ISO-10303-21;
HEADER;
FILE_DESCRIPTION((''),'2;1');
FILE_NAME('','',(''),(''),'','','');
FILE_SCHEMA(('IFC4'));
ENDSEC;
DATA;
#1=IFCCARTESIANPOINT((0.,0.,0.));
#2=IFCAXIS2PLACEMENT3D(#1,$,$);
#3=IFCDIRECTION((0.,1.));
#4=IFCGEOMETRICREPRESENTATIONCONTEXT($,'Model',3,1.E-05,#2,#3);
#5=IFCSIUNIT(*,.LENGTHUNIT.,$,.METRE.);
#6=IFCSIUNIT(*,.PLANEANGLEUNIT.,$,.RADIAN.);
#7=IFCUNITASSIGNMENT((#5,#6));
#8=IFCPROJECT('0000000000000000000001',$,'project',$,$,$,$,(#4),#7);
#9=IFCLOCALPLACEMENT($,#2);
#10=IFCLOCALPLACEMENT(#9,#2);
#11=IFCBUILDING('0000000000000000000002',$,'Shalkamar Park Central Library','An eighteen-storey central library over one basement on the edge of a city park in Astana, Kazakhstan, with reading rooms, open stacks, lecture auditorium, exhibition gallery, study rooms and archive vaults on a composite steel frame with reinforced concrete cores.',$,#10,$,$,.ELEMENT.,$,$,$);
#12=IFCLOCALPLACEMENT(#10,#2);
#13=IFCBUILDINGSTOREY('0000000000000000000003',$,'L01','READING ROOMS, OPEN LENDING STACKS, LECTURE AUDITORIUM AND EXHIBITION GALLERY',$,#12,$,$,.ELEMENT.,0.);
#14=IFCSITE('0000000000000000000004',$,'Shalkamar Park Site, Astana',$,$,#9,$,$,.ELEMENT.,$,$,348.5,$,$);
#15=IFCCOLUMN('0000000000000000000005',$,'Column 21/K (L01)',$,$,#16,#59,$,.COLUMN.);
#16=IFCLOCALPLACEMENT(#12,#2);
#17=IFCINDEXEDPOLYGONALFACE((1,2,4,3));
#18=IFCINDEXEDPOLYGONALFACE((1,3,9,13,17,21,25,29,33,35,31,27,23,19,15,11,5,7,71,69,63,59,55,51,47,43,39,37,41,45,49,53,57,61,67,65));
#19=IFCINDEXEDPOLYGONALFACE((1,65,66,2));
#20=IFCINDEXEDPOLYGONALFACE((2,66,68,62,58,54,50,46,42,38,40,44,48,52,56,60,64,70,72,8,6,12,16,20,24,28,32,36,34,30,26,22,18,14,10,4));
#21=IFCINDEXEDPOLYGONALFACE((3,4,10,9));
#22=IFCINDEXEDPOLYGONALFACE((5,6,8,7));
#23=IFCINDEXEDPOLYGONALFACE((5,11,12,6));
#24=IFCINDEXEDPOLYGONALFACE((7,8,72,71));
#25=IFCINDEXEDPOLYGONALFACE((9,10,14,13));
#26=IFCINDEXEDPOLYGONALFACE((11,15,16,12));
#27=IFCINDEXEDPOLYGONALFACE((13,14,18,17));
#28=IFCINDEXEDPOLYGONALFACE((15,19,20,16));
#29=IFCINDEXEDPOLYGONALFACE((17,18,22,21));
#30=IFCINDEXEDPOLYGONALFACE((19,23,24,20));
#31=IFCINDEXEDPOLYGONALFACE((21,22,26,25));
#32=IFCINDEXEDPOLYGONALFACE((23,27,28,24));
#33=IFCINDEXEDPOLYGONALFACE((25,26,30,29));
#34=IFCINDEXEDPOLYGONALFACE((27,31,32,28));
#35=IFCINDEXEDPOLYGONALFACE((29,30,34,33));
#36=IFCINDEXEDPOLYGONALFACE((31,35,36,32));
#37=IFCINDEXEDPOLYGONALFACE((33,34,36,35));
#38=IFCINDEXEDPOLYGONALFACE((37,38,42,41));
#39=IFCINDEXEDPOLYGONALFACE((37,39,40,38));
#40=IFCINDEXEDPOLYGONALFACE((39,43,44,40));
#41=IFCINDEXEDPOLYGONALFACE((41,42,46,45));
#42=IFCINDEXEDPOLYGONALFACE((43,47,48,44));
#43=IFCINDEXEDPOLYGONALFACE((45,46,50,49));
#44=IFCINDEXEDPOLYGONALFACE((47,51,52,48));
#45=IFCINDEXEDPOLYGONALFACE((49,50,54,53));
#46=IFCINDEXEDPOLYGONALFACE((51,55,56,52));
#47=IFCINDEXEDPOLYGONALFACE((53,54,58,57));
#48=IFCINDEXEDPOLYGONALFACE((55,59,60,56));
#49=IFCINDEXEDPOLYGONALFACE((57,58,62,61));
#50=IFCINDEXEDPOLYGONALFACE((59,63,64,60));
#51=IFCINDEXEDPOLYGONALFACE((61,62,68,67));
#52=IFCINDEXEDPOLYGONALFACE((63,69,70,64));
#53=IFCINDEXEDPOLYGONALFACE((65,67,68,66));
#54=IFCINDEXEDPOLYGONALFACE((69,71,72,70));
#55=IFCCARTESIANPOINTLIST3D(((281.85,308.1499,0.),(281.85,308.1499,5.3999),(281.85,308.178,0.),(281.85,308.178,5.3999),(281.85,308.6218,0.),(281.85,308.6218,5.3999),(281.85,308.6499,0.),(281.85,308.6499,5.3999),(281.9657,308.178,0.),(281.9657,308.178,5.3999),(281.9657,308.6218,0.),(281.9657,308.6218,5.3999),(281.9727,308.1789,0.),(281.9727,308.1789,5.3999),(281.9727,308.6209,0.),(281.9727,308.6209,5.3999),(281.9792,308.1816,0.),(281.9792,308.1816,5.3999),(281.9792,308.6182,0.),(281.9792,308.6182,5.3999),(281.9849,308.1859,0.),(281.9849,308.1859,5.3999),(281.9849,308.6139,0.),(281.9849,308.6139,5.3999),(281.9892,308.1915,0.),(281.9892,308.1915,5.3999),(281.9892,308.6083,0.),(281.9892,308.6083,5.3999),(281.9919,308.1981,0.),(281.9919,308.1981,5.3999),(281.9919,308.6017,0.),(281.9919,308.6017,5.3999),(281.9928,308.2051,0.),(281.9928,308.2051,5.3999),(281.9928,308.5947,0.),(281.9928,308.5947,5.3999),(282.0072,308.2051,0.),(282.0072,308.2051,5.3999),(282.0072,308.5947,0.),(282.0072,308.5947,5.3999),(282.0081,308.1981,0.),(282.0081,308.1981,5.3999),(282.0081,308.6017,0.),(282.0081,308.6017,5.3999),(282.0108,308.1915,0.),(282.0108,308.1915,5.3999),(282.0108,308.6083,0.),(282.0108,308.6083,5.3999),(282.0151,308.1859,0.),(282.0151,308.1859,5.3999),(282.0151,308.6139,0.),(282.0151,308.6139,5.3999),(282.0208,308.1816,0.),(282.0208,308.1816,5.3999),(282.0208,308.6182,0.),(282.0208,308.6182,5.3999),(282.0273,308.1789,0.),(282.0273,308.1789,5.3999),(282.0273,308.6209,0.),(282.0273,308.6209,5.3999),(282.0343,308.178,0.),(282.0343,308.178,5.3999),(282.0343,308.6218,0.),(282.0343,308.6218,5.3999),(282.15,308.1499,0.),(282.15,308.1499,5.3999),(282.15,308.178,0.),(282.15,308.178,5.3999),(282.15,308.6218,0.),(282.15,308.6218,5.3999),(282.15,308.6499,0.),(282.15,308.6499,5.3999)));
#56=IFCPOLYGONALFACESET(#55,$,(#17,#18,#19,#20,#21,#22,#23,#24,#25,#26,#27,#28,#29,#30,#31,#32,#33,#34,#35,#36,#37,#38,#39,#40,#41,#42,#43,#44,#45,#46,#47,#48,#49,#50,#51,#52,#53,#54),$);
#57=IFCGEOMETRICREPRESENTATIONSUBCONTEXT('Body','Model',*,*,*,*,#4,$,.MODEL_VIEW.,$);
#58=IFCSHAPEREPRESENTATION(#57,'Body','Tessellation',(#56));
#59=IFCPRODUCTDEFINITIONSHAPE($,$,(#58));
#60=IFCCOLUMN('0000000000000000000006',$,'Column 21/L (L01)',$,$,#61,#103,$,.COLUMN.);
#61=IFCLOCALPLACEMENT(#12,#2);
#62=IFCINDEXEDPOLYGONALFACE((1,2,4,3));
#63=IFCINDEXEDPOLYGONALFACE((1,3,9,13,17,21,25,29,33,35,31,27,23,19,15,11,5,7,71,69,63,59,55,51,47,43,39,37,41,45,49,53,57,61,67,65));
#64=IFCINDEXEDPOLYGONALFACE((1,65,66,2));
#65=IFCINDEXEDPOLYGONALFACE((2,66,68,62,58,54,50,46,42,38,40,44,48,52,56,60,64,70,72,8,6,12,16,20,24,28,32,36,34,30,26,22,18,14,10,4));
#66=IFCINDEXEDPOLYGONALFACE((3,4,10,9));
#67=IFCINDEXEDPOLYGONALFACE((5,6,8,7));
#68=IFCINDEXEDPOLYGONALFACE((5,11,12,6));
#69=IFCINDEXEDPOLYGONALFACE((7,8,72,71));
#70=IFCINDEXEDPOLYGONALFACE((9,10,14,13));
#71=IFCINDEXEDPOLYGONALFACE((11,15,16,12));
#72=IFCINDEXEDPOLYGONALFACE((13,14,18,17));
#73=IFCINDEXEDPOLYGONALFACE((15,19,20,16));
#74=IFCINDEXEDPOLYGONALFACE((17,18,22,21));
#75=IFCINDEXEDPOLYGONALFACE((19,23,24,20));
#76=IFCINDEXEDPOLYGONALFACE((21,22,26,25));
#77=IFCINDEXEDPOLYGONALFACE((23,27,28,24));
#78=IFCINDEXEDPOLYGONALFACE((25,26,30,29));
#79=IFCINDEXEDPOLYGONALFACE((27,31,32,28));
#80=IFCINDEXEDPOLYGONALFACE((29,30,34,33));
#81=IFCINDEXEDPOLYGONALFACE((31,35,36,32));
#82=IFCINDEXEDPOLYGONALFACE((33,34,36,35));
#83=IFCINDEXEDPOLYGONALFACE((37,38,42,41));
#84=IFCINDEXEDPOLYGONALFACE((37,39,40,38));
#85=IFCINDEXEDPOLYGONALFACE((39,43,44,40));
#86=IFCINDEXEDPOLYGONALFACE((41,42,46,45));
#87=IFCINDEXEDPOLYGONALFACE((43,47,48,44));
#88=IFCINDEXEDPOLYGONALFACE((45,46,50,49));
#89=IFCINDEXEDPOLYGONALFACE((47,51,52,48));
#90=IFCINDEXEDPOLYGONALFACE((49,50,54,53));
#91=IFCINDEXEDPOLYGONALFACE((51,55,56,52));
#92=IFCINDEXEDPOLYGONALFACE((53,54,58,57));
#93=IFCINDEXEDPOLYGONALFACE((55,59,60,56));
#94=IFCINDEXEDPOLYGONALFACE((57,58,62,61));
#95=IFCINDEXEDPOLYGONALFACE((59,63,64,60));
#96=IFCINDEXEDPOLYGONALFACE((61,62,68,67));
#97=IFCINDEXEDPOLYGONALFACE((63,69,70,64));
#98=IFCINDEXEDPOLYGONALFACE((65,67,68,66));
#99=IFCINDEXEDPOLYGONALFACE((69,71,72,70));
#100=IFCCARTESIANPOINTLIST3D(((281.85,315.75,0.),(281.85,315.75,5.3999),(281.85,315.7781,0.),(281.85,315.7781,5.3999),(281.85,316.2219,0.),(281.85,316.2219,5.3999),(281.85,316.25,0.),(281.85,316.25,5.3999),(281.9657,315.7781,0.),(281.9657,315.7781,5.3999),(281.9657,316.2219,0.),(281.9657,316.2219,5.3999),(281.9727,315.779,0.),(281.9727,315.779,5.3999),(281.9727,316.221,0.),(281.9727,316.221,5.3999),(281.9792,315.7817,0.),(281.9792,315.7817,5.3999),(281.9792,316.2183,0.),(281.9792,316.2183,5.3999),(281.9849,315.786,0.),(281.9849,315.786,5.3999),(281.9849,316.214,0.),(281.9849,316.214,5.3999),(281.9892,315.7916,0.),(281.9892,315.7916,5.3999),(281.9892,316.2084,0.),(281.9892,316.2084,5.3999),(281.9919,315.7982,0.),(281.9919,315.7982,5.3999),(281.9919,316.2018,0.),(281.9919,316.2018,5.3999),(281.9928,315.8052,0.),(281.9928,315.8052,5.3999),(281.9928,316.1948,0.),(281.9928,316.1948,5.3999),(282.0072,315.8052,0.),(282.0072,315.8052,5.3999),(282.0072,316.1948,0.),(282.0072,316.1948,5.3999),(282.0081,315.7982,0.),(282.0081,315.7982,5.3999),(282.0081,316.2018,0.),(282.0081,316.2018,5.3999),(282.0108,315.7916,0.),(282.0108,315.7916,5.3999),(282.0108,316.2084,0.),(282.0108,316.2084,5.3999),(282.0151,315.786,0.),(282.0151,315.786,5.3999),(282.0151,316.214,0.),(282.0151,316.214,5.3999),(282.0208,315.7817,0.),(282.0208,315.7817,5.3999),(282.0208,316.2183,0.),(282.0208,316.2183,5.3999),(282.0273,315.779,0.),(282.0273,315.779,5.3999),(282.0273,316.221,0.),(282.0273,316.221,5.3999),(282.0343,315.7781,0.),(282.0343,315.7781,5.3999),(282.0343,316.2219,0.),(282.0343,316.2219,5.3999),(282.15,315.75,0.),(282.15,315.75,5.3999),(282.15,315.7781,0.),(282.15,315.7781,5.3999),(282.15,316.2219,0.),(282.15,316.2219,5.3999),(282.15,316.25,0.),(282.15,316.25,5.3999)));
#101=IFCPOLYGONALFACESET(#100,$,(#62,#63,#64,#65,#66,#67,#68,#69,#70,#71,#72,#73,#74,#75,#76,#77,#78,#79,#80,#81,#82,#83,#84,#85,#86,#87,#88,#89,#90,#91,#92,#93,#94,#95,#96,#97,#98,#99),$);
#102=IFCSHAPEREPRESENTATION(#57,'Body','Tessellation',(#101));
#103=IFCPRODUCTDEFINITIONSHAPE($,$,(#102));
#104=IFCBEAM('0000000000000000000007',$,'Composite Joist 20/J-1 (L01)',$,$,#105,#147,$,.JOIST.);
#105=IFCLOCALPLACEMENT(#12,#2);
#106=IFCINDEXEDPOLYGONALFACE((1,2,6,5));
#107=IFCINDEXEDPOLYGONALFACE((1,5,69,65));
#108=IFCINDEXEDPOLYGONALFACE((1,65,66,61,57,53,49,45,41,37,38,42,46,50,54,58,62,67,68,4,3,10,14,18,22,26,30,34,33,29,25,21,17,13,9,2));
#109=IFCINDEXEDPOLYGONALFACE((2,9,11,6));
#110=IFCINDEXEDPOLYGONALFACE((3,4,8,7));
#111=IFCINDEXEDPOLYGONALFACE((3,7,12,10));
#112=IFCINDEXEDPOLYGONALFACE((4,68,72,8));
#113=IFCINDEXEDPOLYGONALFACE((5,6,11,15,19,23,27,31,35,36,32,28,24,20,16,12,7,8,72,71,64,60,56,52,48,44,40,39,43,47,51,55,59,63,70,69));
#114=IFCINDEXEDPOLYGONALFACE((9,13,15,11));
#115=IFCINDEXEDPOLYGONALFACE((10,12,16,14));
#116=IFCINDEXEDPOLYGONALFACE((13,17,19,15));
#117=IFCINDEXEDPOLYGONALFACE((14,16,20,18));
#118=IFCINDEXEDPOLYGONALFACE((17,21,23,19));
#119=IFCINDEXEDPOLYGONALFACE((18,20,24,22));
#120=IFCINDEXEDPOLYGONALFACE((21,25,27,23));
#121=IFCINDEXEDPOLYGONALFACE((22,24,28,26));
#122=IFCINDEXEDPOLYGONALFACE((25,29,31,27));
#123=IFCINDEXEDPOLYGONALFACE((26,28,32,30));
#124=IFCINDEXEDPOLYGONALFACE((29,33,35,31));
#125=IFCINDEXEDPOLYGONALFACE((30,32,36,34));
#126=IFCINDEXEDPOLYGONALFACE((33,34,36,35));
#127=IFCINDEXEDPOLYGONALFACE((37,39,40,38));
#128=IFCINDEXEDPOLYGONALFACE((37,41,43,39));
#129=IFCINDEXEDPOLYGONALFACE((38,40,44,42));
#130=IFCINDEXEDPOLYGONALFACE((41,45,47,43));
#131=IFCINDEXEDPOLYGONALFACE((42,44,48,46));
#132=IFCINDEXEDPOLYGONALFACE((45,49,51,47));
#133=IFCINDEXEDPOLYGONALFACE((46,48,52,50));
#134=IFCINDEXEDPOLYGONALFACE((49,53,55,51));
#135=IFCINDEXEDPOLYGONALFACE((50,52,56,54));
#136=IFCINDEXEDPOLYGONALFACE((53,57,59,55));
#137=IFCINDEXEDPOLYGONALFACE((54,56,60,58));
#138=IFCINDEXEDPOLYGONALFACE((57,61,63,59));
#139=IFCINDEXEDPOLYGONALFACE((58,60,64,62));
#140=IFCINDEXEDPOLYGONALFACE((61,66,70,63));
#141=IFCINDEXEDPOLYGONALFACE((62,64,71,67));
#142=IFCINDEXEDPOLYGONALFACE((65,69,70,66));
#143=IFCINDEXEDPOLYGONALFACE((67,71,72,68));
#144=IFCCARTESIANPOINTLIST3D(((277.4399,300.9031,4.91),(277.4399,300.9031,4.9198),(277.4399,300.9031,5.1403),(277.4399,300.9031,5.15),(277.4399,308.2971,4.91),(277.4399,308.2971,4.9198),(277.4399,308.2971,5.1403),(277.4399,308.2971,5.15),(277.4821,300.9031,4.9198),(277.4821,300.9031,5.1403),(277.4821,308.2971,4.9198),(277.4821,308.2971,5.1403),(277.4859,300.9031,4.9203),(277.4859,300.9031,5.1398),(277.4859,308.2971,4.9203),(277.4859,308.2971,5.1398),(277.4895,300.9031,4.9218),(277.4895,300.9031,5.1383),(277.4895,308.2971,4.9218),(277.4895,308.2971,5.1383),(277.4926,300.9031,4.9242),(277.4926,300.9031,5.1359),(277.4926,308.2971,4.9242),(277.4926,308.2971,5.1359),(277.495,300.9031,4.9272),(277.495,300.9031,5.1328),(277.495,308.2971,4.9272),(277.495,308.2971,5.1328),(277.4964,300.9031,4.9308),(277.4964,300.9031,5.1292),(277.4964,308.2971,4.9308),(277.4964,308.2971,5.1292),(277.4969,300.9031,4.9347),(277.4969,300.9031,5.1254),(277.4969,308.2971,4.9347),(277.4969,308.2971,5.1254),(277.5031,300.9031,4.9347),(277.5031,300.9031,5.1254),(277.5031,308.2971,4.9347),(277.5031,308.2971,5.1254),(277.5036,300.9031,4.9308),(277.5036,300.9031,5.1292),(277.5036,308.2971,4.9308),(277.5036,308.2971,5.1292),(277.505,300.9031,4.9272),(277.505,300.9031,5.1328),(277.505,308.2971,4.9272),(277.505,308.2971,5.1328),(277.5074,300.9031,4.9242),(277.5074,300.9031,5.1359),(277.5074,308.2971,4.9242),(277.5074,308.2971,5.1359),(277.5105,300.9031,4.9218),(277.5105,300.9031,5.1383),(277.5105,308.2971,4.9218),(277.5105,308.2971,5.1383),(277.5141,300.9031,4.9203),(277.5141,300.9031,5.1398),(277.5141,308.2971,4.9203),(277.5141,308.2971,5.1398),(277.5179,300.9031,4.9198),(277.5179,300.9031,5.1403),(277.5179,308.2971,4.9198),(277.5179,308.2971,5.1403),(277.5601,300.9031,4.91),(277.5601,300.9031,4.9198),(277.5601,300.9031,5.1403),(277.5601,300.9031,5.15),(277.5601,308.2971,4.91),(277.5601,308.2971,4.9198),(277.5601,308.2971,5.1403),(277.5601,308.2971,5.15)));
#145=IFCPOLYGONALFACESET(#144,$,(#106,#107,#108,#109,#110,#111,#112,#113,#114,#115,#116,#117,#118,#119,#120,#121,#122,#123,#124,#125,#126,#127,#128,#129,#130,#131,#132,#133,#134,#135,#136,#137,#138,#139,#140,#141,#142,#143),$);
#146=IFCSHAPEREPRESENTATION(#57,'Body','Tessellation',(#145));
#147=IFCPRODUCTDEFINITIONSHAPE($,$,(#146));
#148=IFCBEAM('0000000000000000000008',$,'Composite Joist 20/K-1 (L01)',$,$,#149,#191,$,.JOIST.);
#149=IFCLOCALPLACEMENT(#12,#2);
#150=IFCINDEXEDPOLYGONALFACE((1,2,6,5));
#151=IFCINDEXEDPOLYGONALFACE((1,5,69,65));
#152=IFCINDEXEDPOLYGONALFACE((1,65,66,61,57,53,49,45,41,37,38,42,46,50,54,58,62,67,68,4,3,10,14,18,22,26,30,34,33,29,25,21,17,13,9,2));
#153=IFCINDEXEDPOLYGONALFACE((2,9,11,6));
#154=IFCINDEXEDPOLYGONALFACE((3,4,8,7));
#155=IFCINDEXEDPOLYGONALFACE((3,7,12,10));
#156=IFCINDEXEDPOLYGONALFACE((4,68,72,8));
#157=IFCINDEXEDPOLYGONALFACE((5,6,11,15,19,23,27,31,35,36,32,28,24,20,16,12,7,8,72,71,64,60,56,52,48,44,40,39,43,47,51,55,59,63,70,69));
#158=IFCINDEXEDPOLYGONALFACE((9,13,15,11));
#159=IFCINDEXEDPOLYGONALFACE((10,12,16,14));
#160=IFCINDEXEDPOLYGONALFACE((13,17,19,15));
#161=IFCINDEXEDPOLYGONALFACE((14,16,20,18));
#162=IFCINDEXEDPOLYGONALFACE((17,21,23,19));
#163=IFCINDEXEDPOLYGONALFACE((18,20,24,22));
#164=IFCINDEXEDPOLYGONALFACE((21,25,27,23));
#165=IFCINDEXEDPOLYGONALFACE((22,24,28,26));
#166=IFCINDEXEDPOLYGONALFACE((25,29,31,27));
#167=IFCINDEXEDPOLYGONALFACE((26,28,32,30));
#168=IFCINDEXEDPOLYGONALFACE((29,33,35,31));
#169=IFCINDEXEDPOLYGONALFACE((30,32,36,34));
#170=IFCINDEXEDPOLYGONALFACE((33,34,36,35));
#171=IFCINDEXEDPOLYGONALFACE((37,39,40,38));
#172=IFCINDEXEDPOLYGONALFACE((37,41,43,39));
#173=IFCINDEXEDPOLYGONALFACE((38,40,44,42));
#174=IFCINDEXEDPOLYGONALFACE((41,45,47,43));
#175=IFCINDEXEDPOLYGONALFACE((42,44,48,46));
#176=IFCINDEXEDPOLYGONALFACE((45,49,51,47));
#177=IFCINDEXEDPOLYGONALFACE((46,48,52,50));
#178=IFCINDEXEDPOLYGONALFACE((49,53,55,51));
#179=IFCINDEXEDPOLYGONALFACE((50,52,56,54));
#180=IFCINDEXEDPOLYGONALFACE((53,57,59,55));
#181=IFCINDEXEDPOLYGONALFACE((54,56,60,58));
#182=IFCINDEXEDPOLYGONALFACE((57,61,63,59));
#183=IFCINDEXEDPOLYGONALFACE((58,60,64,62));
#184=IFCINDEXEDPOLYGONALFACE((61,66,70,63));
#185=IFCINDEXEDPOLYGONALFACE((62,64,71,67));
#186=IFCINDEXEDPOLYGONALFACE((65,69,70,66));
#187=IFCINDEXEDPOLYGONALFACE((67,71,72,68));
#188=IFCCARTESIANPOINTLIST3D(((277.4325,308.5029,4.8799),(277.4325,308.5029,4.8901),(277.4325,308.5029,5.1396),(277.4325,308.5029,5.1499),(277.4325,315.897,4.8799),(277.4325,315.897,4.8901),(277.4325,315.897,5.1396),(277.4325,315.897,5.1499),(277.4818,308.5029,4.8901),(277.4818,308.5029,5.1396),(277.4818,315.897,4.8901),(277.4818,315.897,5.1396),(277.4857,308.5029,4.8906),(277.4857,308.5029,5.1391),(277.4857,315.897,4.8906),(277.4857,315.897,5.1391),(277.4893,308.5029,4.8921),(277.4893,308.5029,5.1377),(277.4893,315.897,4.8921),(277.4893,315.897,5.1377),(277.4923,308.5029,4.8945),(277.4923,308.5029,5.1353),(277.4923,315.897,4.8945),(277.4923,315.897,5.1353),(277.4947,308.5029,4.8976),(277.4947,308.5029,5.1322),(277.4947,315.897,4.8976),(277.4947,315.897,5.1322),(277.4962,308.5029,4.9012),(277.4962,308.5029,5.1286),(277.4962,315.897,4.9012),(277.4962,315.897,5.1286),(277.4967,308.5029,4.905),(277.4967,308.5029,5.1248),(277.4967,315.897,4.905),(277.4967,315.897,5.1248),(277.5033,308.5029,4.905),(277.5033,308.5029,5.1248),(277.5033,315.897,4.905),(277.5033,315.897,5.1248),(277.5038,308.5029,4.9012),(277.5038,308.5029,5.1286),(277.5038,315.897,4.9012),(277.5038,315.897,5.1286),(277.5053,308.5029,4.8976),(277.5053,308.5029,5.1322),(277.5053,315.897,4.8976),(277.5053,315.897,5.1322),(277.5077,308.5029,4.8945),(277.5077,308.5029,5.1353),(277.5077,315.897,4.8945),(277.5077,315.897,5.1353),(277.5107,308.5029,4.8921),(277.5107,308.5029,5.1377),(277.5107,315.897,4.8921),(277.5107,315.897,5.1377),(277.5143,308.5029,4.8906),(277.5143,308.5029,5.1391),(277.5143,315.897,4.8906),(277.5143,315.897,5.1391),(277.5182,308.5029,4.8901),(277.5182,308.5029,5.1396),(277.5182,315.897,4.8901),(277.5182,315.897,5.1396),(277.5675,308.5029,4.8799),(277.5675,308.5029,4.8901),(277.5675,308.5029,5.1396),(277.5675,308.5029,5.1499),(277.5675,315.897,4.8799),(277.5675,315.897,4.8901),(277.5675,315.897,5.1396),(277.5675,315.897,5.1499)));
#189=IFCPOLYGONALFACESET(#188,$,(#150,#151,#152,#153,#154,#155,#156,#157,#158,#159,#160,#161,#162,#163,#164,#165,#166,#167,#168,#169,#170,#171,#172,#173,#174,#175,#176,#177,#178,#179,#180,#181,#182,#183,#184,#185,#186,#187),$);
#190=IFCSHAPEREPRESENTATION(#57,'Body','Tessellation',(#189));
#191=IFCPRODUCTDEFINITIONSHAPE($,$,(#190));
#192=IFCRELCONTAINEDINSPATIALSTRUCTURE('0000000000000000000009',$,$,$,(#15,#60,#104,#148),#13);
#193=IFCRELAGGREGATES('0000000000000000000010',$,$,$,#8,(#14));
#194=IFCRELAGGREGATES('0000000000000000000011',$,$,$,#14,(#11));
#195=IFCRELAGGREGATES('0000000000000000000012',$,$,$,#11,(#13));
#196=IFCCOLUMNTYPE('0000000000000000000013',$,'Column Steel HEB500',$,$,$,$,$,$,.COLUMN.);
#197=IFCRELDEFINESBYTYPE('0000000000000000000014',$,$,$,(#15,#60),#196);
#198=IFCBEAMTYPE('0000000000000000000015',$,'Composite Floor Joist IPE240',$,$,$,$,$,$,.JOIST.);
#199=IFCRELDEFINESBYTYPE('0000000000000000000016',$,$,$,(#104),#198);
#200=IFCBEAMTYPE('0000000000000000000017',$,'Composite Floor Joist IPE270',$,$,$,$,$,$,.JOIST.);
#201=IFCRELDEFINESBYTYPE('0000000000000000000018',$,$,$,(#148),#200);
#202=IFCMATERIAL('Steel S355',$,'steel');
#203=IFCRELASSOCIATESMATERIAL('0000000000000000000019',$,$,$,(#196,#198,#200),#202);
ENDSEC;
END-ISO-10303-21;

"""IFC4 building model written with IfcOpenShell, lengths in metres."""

from ifc_helpers import new_model, si_unit, direction, frame, origin, origin_2d, place, context, subcontext, project, spatial, i_section, extrude, material, material_profile, profile_set, type_object, element, save


model = new_model("IFC4")

# Units and contexts
model_context = context("Model", 3, precision=1e-05, world=origin(), true_north=direction((0.0, 1.0)))
body_context = subcontext(model_context, "Body", "Model", "MODEL_VIEW")
ifc_project = project(units=[si_unit("LENGTHUNIT", "METRE"), si_unit("PLANEANGLEUNIT", "RADIAN")], contexts=[model_context])

# Site, building, storey
site_placement = place(None, origin())
site = spatial("IfcSite", under=ifc_project, at=site_placement, Name="Shalkamar Park Site, Astana", CompositionType="ELEMENT", RefElevation=348.5)
building_placement = place(site_placement, origin())
building = spatial("IfcBuilding", under=site, at=building_placement, Name="Shalkamar Park Central Library", Description="An eighteen-storey central library over one basement on the edge of a city park in Astana, Kazakhstan, with reading rooms, open stacks, lecture auditorium, exhibition gallery, study rooms and archive vaults on a composite steel frame with reinforced concrete cores.", CompositionType="ELEMENT")
storey_placement = place(building_placement, origin())
storey = spatial("IfcBuildingStorey", under=building, at=storey_placement, Name="L01", Description="READING ROOMS, OPEN LENDING STACKS, LECTURE AUDITORIUM AND EXHIBITION GALLERY", CompositionType="ELEMENT", Elevation=0.0)

# Columns
ifc_material_1 = material(Name="Steel S355", Category="steel")
ifc_material_profile_1 = material_profile(ifc_material_1, i_section(OverallWidth=0.3, OverallDepth=0.5, WebThickness=0.0144, FlangeThickness=0.0281, FilletRadius=0.0271, at=origin_2d()), Name="HEB 500")
ifc_profile_set_1 = profile_set([ifc_material_profile_1], Name="Steel S355")
column_type_1 = type_object("IfcColumnType", Name="Column Steel HEB500", PredefinedType="COLUMN", material=ifc_profile_set_1)
for number, where, z_axis, x_axis, name in (
    (1, (282.0, 308.3999, 0.0), (0.0, 0.0, 1.0), (1.0, 0.0, 0.0), "Column 21/K (L01)"),
    (2, (282.0, 316.0, 0.0), (0.0, 0.0, 1.0), (1.0, 0.0, 0.0), "Column 21/L (L01)"),
):
    element("IfcColumn", number, at=place(storey_placement, frame(where, z_axis=z_axis, x_axis=x_axis)), inside=storey, type_object=column_type_1, Name=name, PredefinedType="COLUMN", context=body_context, shape_type="SweptSolid", body=[
        extrude(i_section(OverallWidth=0.3, OverallDepth=0.5, WebThickness=0.0144, FlangeThickness=0.0281, FilletRadius=0.0271, at=origin_2d()), origin(), (0.0, 0.0, 1.0), 5.3999),
    ])

# Beams
ifc_material_profile_2 = material_profile(ifc_material_1, i_section(OverallWidth=0.1201, OverallDepth=0.24, WebThickness=0.0061, FlangeThickness=0.0098, FilletRadius=0.0149, at=origin_2d()), Name="IPE 240")
ifc_profile_set_2 = profile_set([ifc_material_profile_2], Name="Steel S355")
beam_type_1 = type_object("IfcBeamType", Name="Composite Floor Joist IPE240", PredefinedType="JOIST", material=ifc_profile_set_2)
beam_1_placement = place(storey_placement, frame((277.5, 300.9031, 5.03), z_axis=(0.0, 1.0, 0.0), x_axis=(-1.0, 0.0, 0.0)))
element("IfcBeam", 3, at=beam_1_placement, inside=storey, type_object=beam_type_1, Name="Composite Joist 20/J-1 (L01)", PredefinedType="JOIST", context=body_context, shape_type="SweptSolid", body=[
    extrude(i_section(OverallWidth=0.1201, OverallDepth=0.24, WebThickness=0.0061, FlangeThickness=0.0098, FilletRadius=0.0149, at=origin_2d()), origin(), (0.0, 0.0, 1.0), 7.394),
])
ifc_material_profile_3 = material_profile(ifc_material_1, i_section(OverallWidth=0.135, OverallDepth=0.27, WebThickness=0.0066, FlangeThickness=0.0103, FilletRadius=0.0149, at=origin_2d()), Name="IPE 270")
ifc_profile_set_3 = profile_set([ifc_material_profile_3], Name="Steel S355")
beam_type_2 = type_object("IfcBeamType", Name="Composite Floor Joist IPE270", PredefinedType="JOIST", material=ifc_profile_set_3)
for number, where, z_axis, x_axis, name in (
    (4, (277.5, 308.5029, 5.0149), (0.0, 1.0, 0.0), (-1.0, 0.0, 0.0), "Composite Joist 20/K-1 (L01)"),
):
    element("IfcBeam", number, at=place(storey_placement, frame(where, z_axis=z_axis, x_axis=x_axis)), inside=storey, type_object=beam_type_2, Name=name, PredefinedType="JOIST", context=body_context, shape_type="SweptSolid", body=[
        extrude(i_section(OverallWidth=0.135, OverallDepth=0.27, WebThickness=0.0066, FlangeThickness=0.0103, FilletRadius=0.0149, at=origin_2d()), origin(), (0.0, 0.0, 1.0), 7.394),
    ])

save(model, "model.ifc")
